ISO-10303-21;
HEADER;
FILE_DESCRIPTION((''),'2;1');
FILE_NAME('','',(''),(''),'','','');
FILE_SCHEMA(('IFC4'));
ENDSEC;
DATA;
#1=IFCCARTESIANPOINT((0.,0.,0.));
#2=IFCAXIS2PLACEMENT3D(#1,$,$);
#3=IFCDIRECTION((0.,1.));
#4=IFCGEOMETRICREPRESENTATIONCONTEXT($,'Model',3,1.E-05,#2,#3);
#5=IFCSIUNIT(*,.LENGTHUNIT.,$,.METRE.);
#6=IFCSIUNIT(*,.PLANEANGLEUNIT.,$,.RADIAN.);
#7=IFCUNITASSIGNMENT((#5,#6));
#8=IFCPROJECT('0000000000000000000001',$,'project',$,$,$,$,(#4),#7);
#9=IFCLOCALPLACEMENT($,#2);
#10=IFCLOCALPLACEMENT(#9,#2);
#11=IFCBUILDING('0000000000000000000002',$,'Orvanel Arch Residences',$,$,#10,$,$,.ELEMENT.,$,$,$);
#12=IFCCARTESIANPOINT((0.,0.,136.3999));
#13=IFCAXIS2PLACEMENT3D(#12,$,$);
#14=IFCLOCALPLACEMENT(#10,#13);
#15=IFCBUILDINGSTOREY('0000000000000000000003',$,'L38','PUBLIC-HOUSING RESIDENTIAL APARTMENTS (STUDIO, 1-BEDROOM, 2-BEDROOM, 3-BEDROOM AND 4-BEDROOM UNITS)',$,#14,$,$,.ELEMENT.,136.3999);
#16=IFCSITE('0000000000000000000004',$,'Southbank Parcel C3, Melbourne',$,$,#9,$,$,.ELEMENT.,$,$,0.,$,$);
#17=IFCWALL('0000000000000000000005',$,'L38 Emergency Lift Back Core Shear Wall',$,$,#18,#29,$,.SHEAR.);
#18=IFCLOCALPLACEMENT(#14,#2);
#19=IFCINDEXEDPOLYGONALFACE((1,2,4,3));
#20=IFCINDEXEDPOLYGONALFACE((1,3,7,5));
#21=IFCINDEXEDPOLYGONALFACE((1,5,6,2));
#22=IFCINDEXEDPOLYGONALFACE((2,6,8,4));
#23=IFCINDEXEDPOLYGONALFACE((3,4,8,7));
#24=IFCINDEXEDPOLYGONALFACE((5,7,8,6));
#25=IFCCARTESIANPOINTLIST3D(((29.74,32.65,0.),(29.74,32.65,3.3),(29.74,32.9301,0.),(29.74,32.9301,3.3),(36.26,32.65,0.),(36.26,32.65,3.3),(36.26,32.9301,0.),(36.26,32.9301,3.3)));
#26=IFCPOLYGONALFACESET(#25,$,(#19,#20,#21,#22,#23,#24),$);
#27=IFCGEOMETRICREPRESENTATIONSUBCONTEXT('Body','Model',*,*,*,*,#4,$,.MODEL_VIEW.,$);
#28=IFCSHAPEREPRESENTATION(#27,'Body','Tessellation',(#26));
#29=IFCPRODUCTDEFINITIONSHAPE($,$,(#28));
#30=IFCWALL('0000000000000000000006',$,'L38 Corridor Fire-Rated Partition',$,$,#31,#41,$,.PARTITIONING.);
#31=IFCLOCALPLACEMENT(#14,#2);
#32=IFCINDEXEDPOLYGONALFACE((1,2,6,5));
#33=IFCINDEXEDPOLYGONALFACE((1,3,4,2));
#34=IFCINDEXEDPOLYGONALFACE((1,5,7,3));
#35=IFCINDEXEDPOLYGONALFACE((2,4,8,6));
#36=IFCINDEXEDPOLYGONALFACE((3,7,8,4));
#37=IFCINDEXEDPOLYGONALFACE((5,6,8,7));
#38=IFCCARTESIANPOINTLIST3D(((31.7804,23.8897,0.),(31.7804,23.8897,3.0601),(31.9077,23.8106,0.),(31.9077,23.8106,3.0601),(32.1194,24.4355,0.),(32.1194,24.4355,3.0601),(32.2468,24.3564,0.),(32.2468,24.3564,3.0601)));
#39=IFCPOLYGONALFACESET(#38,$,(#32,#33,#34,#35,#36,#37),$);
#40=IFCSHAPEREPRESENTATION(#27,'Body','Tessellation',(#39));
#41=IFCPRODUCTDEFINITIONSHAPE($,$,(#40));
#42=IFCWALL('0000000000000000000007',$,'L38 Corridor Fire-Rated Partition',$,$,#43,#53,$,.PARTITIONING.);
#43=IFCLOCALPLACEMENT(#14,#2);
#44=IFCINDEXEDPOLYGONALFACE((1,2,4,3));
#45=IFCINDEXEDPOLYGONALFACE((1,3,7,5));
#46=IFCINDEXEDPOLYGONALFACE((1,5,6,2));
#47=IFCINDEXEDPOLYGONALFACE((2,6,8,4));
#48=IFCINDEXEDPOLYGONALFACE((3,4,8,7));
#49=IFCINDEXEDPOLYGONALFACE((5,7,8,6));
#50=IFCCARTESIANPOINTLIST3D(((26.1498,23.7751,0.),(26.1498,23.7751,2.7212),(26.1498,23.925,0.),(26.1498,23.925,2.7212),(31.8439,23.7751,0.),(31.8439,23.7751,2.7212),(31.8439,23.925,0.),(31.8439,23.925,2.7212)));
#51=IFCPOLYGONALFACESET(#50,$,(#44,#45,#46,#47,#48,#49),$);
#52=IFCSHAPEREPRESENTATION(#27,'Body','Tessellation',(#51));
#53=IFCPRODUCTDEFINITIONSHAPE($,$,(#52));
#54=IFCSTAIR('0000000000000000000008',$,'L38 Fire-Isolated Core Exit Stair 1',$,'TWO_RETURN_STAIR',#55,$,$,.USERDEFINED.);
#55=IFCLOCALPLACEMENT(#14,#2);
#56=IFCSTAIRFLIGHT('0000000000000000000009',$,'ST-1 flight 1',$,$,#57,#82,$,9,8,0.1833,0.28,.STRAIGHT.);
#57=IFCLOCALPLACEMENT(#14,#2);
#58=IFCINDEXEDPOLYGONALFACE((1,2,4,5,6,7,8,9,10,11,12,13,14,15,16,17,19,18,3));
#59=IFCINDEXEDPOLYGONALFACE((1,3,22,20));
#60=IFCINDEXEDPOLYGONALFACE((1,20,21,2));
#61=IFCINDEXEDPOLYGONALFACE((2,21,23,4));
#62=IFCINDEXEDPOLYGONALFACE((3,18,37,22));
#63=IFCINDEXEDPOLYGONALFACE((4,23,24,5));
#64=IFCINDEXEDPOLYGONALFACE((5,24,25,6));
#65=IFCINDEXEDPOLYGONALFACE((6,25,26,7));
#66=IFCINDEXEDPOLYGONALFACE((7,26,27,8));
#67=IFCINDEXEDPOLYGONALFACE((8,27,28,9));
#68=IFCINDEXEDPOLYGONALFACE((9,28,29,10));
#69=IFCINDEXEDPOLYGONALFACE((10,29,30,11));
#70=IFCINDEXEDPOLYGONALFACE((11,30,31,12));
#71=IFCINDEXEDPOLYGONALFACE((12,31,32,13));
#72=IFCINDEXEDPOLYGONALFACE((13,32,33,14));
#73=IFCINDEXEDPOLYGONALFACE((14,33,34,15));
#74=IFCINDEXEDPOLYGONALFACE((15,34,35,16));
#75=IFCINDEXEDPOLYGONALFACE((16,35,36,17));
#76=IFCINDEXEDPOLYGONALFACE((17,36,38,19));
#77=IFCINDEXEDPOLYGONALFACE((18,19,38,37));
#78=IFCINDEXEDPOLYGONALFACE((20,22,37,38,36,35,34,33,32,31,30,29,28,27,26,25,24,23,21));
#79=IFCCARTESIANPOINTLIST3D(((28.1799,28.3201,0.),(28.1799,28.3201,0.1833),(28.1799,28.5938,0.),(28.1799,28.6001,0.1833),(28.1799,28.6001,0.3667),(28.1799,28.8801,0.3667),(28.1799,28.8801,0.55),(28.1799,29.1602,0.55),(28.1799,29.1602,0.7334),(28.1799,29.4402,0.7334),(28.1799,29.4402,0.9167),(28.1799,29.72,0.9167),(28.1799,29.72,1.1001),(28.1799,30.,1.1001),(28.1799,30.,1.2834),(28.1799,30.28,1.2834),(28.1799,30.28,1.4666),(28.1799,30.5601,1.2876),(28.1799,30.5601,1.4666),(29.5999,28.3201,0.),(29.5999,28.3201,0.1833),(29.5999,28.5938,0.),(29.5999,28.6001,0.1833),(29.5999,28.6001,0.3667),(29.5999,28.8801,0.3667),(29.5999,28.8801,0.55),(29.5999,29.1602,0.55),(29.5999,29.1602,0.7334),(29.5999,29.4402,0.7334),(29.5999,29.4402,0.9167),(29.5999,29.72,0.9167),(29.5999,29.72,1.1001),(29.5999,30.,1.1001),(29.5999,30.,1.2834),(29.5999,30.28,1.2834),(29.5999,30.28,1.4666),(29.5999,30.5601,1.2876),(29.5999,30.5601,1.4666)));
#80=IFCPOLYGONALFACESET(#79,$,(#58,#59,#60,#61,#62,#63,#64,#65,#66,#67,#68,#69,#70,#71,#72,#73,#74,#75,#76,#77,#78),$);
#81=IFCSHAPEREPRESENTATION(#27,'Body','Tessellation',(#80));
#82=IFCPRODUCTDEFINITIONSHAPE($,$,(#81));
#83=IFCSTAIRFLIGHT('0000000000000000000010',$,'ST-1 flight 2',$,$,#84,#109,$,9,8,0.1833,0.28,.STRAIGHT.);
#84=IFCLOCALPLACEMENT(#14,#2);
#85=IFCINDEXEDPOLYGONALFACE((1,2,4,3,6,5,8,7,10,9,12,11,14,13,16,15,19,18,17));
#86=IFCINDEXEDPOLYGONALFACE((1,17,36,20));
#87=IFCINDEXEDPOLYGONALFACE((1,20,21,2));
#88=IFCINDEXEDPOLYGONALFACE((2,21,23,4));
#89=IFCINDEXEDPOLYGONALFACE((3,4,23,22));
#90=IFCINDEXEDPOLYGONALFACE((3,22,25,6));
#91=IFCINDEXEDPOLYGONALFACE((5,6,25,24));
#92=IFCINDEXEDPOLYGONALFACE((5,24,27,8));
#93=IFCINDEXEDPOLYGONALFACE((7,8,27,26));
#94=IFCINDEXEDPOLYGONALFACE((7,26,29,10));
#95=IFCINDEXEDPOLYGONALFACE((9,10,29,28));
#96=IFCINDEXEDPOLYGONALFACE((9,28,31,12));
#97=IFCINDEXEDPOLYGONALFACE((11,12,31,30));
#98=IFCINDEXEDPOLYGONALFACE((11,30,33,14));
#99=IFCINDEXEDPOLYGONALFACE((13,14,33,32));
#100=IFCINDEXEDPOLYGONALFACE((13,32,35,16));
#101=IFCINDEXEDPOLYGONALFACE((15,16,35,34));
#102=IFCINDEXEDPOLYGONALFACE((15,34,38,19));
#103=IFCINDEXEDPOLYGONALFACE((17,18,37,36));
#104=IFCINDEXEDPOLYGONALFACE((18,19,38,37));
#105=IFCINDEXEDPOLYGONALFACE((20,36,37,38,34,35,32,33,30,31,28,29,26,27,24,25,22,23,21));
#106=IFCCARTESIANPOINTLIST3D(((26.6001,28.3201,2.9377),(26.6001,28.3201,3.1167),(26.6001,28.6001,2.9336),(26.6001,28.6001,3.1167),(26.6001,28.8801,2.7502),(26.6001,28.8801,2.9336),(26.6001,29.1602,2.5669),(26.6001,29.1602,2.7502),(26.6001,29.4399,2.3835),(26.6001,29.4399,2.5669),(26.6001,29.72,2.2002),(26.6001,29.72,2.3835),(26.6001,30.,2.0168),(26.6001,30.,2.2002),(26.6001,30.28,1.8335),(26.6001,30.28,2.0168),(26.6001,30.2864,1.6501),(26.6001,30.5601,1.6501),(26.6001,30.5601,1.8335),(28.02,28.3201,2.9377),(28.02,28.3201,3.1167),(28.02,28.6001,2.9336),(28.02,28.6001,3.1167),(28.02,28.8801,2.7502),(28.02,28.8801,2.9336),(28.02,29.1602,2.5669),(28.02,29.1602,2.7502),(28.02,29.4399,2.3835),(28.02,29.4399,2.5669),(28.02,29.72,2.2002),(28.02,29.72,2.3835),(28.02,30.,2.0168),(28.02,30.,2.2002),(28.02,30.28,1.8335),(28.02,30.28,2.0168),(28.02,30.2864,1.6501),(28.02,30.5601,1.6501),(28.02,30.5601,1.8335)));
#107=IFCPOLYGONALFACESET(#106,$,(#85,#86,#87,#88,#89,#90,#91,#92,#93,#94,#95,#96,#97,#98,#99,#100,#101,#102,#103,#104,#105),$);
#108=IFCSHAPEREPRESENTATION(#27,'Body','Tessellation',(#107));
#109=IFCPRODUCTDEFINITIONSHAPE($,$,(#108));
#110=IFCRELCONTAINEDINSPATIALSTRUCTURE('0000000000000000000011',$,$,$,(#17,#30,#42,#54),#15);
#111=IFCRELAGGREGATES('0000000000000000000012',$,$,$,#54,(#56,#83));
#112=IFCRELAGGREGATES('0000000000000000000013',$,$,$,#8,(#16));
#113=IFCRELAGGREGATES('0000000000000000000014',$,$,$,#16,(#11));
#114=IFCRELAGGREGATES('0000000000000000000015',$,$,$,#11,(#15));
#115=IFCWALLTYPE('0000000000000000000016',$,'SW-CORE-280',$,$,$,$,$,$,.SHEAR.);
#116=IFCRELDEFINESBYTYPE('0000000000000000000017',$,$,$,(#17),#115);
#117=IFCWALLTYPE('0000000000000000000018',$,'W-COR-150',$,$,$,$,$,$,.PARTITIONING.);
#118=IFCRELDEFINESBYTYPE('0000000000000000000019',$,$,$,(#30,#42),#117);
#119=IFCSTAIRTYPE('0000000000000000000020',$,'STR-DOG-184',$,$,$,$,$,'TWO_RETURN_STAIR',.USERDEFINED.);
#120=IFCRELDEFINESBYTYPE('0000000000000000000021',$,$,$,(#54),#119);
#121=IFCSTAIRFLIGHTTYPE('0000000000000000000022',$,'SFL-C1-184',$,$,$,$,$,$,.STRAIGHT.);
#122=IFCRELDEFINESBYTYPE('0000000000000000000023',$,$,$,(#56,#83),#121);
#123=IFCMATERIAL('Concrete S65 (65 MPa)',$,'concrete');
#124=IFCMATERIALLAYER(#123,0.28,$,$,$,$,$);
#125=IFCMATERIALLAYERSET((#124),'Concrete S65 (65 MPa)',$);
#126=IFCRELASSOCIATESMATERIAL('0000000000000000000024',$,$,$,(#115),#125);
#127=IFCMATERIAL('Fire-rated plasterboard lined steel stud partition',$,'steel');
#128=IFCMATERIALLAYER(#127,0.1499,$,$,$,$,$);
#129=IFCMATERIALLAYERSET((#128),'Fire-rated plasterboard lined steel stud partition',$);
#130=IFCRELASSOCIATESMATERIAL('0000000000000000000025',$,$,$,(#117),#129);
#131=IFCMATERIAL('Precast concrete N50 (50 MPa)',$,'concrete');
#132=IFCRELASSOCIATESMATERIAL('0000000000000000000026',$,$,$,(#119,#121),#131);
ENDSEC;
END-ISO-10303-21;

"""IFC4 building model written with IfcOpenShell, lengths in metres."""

from ifc_helpers import new_model, si_unit, direction, frame, frame_2d, origin, place, context, subcontext, project, spatial, polyline, rectangle, outline, extrude, material, layer, layer_set, type_object, element, aggregate, save


model = new_model("IFC4")

# Units and contexts
model_context = context("Model", 3, precision=1e-05, world=origin(), true_north=direction((0.0, 1.0)))
body_context = subcontext(model_context, "Body", "Model", "MODEL_VIEW")
ifc_project = project(units=[si_unit("LENGTHUNIT", "METRE"), si_unit("PLANEANGLEUNIT", "RADIAN")], contexts=[model_context])

# Site, building, storey
site_placement = place(None, origin())
site = spatial("IfcSite", under=ifc_project, at=site_placement, Name="Southbank Parcel C3, Melbourne", CompositionType="ELEMENT", RefElevation=0.0)
building_placement = place(site_placement, origin())
building = spatial("IfcBuilding", under=site, at=building_placement, Name="Orvanel Arch Residences", CompositionType="ELEMENT")
storey_placement = place(building_placement, frame((0.0, 0.0, 136.3999)))
storey = spatial("IfcBuildingStorey", under=building, at=storey_placement, Name="L38", Description="PUBLIC-HOUSING RESIDENTIAL APARTMENTS (STUDIO, 1-BEDROOM, 2-BEDROOM, 3-BEDROOM AND 4-BEDROOM UNITS)", CompositionType="ELEMENT", Elevation=136.3999)

# Shared definitions
ifc_material_1 = material(Name="Concrete S65 (65 MPa)", Category="concrete")
ifc_layer_1 = layer(ifc_material_1, 0.28)
ifc_layer_set_1 = layer_set([ifc_layer_1], Name="Concrete S65 (65 MPa)")
wall_type_1 = type_object("IfcWallType", Name="SW-CORE-280", PredefinedType="SHEAR", material=ifc_layer_set_1)

# Walls
wall_1_placement = place(storey_placement, frame((29.74, 32.79, 0.0), z_axis=(0.0, 0.0, 1.0), x_axis=(1.0, 0.0, 0.0)))
element("IfcWall", 1, at=wall_1_placement, inside=storey, type_object=wall_type_1, Name="L38 Emergency Lift Back Core Shear Wall", PredefinedType="SHEAR", context=body_context, shape_type="SweptSolid", body=[
    extrude(rectangle(XDim=6.52, YDim=0.28, at=frame_2d((3.26, 0.0))), origin(), (0.0, 0.0, 1.0), 3.3),
])
ifc_material_2 = material(Name="Fire-rated plasterboard lined steel stud partition", Category="steel")
ifc_layer_2 = layer(ifc_material_2, 0.1499)
ifc_layer_set_2 = layer_set([ifc_layer_2], Name="Fire-rated plasterboard lined steel stud partition")
wall_type_2 = type_object("IfcWallType", Name="W-COR-150", PredefinedType="PARTITIONING", material=ifc_layer_set_2)
wall_2_placement = place(storey_placement, frame((32.1831, 24.396, 0.0), z_axis=(0.0, 0.0, 1.0), x_axis=(-0.527675, -0.849446, 0.0)))
element("IfcWall", 2, at=wall_2_placement, inside=storey, type_object=wall_type_2, Name="L38 Corridor Fire-Rated Partition", PredefinedType="PARTITIONING", context=body_context, shape_type="SweptSolid", body=[
    extrude(rectangle(XDim=0.6426, YDim=0.1499, at=frame_2d((0.3213, 0.0))), origin(), (0.0, 0.0, 1.0), 3.0601),
])
wall_3_placement = place(storey_placement, frame((31.844, 23.8501, 0.0), z_axis=(0.0, 0.0, 1.0), x_axis=(-1.0, 0.0, 0.0)))
element("IfcWall", 3, at=wall_3_placement, inside=storey, type_object=wall_type_2, Name="L38 Corridor Fire-Rated Partition", PredefinedType="PARTITIONING", context=body_context, shape_type="SweptSolid", body=[
    extrude(rectangle(XDim=5.6941, YDim=0.1499, at=frame_2d((2.8472, 0.0))), origin(), (0.0, 0.0, 1.0), 2.7212),
])

# Stair, stair flights
ifc_material_3 = material(Name="Precast concrete N50 (50 MPa)", Category="concrete")
stair_type = type_object("IfcStairType", Name="STR-DOG-184", ElementType="TWO_RETURN_STAIR", PredefinedType="USERDEFINED", material=ifc_material_3)
stair_placement = place(storey_placement, origin())
stair = element("IfcStair", 4, at=stair_placement, inside=storey, type_object=stair_type, Name="L38 Fire-Isolated Core Exit Stair 1", ObjectType="TWO_RETURN_STAIR", PredefinedType="USERDEFINED")
stair_flight_type = type_object("IfcStairFlightType", Name="SFL-C1-184", PredefinedType="STRAIGHT", material=ifc_material_3)
stair_flight_1_placement = place(storey_placement, frame((28.8899, 28.3201, 0.0), z_axis=(0.0, 0.0, 1.0), x_axis=(0.0, 1.0, 0.0)))
stair_flight_1 = element("IfcStairFlight", 5, at=stair_flight_1_placement, type_object=stair_flight_type, Name="ST-1 flight 1", NumberOfRisers=9, NumberOfTreads=8, PredefinedType="STRAIGHT", RiserHeight=0.1833, TreadLength=0.28, context=body_context, shape_type="SweptSolid", body=[
    extrude(outline(polyline([(0.0, 0.0), (0.0, 0.1833), (0.28, 0.1833), (0.28, 0.3667), (0.5601, 0.3667), (0.5601, 0.55), (0.8401, 0.55), (0.8401, 0.7334), (1.1201, 0.7334), (1.1201, 0.9167), (1.3999, 0.9167), (1.3999, 1.1001), (1.6799, 1.1001), (1.6799, 1.2834), (1.96, 1.2834), (1.96, 1.4666), (2.24, 1.4666), (2.24, 1.6499), (2.24, 1.2876), (0.2737, 0.0), (0.0, 0.0)])), frame((0.0, 0.71, 0.0), z_axis=(0.0, -1.0, 0.0), x_axis=(1.0, 0.0, 0.0)), (0.0, 0.0, 1.0), 1.4199),
])
stair_flight_2_placement = place(storey_placement, frame((27.3101, 30.5601, 1.6501), z_axis=(0.0, 0.0, 1.0), x_axis=(0.0, -1.0, 0.0)))
stair_flight_2 = element("IfcStairFlight", 6, at=stair_flight_2_placement, type_object=stair_flight_type, Name="ST-1 flight 2", NumberOfRisers=9, NumberOfTreads=8, PredefinedType="STRAIGHT", RiserHeight=0.1833, TreadLength=0.28, context=body_context, shape_type="SweptSolid", body=[
    extrude(outline(polyline([(0.0, 0.0), (0.0, 0.1833), (0.28, 0.1833), (0.28, 0.3667), (0.5601, 0.3667), (0.5601, 0.55), (0.8401, 0.55), (0.8401, 0.7334), (1.1201, 0.7334), (1.1201, 0.9167), (1.3999, 0.9167), (1.3999, 1.1001), (1.6799, 1.1001), (1.6799, 1.2834), (1.96, 1.2834), (1.96, 1.4666), (2.24, 1.4666), (2.24, 1.6499), (2.24, 1.2876), (0.2737, 0.0), (0.0, 0.0)])), frame((0.0, 0.71, 0.0), z_axis=(0.0, -1.0, 0.0), x_axis=(1.0, 0.0, 0.0)), (0.0, 0.0, 1.0), 1.4199),
])
aggregate(stair, [stair_flight_1, stair_flight_2])

save(model, "model.ifc")
